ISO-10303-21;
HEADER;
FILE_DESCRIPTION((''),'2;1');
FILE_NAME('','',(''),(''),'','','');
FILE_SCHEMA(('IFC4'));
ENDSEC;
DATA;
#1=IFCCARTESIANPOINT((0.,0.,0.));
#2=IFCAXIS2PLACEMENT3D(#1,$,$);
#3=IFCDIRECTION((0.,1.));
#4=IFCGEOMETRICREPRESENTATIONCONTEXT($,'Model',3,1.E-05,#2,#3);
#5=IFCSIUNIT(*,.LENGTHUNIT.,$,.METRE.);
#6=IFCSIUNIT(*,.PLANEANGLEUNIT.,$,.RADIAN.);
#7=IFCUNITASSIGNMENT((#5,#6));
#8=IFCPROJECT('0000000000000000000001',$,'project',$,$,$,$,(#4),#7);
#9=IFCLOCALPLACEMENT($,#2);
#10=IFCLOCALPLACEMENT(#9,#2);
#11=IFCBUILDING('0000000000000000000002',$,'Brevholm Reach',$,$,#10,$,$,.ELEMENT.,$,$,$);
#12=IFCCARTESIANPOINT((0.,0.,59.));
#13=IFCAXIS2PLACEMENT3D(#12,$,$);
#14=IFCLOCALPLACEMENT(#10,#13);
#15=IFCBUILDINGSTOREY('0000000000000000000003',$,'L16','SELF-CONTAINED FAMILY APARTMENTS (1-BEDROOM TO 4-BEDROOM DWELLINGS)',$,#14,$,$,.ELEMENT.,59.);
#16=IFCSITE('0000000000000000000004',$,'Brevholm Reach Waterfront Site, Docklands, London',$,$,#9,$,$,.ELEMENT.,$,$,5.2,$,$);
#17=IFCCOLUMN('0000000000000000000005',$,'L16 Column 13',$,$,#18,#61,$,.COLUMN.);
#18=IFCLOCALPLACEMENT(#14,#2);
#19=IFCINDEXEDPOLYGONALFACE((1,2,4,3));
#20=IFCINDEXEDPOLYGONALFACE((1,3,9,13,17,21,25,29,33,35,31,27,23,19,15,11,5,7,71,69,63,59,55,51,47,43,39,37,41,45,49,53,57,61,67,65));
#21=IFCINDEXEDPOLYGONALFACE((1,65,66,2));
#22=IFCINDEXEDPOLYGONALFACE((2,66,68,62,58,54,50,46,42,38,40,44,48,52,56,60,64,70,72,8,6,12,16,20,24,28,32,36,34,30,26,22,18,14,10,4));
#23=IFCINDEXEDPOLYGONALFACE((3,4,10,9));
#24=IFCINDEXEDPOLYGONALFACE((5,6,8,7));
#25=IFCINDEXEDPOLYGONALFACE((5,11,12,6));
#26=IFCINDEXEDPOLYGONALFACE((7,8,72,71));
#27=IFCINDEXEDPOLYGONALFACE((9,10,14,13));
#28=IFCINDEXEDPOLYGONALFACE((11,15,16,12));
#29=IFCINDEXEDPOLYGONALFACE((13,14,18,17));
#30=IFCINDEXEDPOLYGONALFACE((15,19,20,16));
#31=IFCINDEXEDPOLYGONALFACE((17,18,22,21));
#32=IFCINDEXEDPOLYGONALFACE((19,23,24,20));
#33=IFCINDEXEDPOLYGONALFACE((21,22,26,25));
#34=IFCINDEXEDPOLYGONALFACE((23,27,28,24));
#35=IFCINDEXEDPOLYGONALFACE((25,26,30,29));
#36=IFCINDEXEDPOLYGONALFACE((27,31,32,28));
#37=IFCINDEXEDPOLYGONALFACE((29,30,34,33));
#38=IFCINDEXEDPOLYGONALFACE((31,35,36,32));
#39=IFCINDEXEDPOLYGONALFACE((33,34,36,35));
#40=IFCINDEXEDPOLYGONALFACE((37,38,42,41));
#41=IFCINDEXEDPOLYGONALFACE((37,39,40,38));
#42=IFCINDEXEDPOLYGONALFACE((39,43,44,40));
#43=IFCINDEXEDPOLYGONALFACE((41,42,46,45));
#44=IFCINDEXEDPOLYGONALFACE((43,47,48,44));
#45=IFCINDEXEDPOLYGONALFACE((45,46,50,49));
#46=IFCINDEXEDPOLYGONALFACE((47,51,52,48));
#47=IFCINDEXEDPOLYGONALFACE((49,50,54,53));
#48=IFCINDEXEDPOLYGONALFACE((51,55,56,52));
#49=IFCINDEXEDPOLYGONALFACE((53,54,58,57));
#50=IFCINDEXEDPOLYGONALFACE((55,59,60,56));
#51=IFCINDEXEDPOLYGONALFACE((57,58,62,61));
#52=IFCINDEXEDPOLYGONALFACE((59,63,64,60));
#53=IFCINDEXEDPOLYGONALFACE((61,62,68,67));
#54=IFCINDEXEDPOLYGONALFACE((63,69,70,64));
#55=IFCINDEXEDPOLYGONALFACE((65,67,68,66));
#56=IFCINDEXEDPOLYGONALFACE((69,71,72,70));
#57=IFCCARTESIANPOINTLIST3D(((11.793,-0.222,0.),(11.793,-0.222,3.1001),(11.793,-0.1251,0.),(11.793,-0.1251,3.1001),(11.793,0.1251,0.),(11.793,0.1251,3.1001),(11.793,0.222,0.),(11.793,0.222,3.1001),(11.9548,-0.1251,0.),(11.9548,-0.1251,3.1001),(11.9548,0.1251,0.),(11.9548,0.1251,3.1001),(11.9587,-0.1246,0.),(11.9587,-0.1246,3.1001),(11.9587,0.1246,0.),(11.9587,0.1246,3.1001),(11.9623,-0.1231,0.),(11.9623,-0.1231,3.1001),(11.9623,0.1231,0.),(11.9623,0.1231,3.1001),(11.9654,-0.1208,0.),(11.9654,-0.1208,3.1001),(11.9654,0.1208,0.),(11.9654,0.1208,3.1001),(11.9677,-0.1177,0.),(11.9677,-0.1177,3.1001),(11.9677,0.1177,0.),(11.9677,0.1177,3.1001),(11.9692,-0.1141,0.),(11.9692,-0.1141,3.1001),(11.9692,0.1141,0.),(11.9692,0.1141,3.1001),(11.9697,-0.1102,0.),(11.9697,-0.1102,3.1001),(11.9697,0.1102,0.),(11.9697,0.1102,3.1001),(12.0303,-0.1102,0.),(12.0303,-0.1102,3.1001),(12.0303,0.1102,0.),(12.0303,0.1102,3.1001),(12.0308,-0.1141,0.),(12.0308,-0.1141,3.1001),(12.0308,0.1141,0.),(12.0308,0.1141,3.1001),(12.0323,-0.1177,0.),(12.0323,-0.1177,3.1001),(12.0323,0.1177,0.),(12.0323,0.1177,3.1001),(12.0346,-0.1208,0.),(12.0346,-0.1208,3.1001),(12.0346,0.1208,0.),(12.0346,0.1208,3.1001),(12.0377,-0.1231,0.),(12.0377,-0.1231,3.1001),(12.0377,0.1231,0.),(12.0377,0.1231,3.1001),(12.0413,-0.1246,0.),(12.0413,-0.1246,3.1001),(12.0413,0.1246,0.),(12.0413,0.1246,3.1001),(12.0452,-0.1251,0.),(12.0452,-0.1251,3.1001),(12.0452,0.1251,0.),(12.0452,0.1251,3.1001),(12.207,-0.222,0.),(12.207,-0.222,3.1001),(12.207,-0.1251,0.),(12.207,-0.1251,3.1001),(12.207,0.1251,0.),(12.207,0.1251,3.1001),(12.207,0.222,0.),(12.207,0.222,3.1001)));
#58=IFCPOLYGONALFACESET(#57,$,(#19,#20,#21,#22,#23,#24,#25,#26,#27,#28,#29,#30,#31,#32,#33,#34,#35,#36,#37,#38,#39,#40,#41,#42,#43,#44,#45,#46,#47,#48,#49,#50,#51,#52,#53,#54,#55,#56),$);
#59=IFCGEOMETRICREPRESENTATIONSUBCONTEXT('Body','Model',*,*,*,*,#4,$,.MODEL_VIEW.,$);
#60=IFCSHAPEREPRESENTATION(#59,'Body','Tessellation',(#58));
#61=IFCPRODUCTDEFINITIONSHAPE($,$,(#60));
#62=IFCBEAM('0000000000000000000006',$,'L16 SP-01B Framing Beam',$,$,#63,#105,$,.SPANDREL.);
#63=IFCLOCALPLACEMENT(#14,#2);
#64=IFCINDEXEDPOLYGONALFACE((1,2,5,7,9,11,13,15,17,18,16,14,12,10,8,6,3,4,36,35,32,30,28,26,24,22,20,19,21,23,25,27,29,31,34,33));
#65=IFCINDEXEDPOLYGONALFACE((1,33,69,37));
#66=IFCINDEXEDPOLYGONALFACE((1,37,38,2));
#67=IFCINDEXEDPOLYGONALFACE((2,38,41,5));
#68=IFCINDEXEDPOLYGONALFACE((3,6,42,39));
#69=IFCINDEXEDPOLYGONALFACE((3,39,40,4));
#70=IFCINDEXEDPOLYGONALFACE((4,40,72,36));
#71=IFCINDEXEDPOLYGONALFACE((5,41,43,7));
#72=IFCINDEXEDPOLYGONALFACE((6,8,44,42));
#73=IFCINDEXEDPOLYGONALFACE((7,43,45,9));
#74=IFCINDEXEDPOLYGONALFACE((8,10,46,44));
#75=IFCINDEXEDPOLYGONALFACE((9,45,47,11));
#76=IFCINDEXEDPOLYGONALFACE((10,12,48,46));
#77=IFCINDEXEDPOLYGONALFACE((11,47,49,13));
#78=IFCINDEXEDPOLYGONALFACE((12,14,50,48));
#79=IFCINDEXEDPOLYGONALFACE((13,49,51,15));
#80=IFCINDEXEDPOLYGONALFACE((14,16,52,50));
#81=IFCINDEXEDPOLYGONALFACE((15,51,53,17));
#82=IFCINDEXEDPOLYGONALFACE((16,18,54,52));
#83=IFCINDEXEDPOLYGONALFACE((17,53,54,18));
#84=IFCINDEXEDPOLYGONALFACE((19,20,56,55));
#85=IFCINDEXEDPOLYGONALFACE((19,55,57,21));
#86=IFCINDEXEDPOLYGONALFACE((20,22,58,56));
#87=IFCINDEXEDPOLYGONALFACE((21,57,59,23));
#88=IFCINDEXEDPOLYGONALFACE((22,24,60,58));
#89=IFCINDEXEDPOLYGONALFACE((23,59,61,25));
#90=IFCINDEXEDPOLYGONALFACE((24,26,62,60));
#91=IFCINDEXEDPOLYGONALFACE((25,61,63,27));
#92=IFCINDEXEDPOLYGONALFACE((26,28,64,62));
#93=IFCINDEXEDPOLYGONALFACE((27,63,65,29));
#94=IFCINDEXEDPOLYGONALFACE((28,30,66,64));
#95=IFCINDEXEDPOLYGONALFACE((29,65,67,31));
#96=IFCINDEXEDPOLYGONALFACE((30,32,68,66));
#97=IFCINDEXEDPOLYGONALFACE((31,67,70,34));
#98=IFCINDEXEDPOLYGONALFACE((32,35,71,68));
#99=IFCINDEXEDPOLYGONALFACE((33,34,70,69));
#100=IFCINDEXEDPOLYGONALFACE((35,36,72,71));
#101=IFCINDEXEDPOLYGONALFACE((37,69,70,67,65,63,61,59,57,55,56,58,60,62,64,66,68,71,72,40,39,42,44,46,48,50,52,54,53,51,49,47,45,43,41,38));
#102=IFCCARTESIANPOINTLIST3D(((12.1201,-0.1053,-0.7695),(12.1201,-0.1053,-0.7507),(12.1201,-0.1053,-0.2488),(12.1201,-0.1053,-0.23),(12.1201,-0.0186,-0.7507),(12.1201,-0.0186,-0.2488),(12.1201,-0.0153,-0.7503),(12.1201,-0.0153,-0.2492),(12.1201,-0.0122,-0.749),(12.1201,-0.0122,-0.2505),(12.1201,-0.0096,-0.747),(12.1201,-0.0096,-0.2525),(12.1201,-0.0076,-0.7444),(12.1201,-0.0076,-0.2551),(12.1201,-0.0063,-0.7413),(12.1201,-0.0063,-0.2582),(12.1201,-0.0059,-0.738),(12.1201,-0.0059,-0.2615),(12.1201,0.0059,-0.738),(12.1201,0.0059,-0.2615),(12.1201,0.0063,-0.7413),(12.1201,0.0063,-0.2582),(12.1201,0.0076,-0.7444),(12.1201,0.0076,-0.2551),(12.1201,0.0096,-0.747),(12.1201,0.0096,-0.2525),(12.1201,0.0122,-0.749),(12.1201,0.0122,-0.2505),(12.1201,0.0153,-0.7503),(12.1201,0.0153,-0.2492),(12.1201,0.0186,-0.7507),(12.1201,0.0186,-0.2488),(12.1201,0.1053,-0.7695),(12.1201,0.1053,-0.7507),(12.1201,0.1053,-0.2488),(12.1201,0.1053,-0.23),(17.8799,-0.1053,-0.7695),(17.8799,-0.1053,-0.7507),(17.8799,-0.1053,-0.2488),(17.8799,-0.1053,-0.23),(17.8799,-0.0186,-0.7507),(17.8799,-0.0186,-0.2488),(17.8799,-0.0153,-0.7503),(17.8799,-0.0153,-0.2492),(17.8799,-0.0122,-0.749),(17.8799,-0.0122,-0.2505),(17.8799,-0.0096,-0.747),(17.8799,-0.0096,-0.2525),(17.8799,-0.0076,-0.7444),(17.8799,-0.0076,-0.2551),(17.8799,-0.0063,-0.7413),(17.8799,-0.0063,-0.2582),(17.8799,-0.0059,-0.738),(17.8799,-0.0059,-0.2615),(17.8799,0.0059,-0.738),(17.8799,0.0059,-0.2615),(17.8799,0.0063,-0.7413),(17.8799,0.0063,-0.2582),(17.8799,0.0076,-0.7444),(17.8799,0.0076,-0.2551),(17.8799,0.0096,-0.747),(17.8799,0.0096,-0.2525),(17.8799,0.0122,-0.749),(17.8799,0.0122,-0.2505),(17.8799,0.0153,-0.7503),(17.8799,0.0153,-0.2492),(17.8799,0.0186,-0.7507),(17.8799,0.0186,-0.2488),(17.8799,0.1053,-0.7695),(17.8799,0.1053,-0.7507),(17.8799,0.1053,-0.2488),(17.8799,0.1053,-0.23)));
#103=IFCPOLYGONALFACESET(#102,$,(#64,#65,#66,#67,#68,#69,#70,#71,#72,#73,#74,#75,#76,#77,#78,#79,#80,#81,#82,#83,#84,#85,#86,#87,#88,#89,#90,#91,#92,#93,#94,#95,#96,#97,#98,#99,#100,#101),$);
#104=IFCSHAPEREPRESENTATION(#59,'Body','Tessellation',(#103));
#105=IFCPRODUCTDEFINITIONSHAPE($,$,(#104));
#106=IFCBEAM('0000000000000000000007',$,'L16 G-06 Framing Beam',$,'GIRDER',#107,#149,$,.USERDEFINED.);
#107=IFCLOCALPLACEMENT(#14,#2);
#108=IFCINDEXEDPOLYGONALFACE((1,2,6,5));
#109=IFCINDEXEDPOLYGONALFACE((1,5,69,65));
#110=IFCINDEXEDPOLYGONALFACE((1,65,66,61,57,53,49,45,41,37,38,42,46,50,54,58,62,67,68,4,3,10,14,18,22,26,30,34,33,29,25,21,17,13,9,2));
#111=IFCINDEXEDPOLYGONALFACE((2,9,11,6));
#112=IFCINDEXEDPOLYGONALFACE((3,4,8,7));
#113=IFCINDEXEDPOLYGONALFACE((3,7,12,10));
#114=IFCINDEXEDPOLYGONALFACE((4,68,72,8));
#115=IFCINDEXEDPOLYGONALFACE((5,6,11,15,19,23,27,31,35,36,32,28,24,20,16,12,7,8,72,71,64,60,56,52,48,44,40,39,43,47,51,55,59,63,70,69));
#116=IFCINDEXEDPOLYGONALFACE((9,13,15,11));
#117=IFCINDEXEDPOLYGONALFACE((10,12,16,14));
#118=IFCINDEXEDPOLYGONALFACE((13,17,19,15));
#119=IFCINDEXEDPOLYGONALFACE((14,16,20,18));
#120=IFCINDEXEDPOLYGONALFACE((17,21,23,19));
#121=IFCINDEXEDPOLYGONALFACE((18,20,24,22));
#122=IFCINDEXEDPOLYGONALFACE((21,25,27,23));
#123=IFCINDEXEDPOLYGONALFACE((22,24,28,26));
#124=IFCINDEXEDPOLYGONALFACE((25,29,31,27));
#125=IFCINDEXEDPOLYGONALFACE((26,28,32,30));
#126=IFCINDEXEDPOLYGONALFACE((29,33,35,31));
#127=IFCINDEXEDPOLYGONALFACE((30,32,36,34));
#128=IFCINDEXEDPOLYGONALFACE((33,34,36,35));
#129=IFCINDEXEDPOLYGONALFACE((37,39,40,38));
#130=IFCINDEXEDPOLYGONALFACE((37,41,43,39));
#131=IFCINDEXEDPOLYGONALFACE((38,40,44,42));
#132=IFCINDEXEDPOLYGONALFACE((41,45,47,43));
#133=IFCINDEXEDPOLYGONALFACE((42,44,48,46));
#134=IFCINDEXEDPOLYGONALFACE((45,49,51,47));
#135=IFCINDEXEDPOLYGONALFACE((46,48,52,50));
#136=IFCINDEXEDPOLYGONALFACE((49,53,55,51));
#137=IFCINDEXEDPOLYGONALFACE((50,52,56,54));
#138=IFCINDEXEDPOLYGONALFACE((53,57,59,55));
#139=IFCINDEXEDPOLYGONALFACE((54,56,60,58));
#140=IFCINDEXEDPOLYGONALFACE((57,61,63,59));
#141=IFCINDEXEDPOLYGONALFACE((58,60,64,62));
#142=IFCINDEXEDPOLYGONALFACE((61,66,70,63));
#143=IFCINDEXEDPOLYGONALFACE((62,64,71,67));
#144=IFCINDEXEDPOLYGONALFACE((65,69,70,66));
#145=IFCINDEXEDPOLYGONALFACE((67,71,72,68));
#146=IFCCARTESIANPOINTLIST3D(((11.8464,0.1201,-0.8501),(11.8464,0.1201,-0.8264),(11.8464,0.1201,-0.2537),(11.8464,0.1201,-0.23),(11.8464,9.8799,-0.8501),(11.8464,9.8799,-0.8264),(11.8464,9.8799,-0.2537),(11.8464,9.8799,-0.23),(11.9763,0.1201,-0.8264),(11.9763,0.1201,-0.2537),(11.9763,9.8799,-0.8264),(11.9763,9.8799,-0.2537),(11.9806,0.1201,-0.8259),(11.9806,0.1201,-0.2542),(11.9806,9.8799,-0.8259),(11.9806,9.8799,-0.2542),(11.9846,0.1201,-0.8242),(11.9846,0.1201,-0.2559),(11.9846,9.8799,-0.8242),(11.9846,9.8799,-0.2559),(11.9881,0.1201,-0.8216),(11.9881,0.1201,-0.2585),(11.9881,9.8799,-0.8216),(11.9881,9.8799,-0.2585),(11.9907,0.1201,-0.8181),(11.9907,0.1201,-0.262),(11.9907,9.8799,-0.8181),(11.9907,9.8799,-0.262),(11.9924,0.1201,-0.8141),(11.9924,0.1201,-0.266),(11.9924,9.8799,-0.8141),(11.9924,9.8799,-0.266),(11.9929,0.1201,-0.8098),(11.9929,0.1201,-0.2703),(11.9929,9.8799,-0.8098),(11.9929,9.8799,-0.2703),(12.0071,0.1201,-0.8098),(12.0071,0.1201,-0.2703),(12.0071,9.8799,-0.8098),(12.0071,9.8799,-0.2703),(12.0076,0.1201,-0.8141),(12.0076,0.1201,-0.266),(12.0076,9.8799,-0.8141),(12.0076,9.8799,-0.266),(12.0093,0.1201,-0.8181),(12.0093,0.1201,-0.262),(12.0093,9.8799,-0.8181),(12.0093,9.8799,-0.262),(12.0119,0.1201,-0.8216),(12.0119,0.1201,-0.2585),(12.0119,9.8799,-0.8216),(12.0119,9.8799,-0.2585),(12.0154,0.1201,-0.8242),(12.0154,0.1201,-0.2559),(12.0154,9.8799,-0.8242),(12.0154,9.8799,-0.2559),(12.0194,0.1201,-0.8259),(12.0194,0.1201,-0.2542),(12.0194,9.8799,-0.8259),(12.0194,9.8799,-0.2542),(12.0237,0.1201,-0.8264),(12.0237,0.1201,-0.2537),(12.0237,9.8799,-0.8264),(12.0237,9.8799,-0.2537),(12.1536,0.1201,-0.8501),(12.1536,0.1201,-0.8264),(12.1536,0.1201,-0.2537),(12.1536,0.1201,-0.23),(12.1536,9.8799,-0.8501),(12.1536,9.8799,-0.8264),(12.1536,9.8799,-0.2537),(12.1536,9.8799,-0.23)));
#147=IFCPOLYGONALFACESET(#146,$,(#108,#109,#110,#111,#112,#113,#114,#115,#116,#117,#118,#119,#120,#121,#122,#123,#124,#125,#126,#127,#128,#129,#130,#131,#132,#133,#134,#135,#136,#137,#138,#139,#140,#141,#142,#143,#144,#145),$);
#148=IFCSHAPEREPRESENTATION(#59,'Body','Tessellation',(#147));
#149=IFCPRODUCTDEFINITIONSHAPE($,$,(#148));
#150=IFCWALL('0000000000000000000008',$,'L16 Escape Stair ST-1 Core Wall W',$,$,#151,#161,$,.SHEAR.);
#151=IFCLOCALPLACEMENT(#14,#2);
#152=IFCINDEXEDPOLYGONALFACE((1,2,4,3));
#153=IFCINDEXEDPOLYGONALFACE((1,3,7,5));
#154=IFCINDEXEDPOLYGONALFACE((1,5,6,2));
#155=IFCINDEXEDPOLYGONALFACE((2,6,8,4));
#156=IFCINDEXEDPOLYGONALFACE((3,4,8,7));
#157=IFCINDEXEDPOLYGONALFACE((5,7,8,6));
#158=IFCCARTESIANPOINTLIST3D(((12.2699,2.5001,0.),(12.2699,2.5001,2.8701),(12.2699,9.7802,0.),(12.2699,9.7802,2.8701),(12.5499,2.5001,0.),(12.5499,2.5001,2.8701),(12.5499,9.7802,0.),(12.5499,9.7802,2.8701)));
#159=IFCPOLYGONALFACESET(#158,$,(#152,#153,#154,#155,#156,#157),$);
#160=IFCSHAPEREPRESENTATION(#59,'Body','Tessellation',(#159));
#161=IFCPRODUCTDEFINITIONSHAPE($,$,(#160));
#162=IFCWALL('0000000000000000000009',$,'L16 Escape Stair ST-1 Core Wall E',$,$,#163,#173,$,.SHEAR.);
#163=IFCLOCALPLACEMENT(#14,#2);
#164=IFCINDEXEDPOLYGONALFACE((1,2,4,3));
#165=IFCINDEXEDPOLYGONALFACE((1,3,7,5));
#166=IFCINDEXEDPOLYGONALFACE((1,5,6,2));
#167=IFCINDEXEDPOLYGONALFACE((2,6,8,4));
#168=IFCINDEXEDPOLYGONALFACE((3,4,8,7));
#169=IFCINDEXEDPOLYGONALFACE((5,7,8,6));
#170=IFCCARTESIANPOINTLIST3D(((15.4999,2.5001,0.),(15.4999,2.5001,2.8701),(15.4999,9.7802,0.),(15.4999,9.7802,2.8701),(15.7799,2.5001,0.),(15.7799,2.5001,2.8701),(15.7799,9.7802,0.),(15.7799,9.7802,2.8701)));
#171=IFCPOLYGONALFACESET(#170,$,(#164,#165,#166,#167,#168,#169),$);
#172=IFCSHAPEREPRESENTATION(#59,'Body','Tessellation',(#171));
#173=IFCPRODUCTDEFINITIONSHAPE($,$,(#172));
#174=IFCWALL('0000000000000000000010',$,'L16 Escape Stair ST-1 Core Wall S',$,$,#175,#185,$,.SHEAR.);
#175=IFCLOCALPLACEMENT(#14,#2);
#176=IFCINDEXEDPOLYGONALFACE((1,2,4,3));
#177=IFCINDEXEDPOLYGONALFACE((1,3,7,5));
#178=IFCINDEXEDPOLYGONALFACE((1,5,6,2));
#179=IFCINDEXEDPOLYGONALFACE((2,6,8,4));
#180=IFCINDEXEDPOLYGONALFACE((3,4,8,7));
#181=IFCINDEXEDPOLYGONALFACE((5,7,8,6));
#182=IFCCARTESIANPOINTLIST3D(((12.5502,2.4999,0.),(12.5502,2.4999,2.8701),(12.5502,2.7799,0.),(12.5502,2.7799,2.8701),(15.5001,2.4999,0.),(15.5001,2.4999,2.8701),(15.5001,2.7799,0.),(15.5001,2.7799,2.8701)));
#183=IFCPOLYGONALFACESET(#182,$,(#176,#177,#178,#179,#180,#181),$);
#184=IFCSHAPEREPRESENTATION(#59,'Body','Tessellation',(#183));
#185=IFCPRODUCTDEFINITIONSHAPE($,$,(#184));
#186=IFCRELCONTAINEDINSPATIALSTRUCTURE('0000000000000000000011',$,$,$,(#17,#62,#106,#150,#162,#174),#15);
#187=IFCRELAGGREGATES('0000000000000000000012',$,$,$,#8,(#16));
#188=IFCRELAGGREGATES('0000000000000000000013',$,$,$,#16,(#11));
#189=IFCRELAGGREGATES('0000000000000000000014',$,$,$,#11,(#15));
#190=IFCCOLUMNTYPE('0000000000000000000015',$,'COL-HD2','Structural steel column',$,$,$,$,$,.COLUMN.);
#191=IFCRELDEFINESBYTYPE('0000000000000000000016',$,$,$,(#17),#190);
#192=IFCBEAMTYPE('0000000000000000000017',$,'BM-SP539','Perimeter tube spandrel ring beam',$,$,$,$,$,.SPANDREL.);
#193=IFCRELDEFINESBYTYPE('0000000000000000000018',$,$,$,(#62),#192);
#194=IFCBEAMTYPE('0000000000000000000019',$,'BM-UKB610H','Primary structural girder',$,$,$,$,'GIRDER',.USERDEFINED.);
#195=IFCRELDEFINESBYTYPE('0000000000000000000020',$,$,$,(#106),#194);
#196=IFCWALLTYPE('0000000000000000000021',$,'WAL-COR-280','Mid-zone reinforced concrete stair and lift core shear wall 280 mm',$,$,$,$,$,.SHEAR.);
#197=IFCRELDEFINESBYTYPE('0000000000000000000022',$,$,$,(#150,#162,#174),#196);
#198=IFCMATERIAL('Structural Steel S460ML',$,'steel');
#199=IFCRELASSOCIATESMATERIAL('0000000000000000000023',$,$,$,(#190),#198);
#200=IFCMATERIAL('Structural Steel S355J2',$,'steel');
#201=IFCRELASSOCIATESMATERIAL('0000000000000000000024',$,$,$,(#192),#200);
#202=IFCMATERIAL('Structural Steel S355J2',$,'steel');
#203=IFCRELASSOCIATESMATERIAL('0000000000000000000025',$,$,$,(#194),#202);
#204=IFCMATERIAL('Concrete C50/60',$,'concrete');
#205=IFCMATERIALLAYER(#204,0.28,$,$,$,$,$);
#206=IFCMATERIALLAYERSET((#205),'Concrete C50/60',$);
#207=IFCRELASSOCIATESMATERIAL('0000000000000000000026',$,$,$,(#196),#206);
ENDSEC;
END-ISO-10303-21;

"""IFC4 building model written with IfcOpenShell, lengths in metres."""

from ifc_helpers import new_model, si_unit, direction, frame, frame_2d, origin, origin_2d, place, context, subcontext, project, spatial, rectangle, i_section, extrude, material, layer, layer_set, material_profile, profile_set, type_object, element, save


model = new_model("IFC4")

# Units and contexts
model_context = context("Model", 3, precision=1e-05, world=origin(), true_north=direction((0.0, 1.0)))
body_context = subcontext(model_context, "Body", "Model", "MODEL_VIEW")
ifc_project = project(units=[si_unit("LENGTHUNIT", "METRE"), si_unit("PLANEANGLEUNIT", "RADIAN")], contexts=[model_context])

# Site, building, storey
site_placement = place(None, origin())
site = spatial("IfcSite", under=ifc_project, at=site_placement, Name="Brevholm Reach Waterfront Site, Docklands, London", CompositionType="ELEMENT", RefElevation=5.2)
building_placement = place(site_placement, origin())
building = spatial("IfcBuilding", under=site, at=building_placement, Name="Brevholm Reach", CompositionType="ELEMENT")
storey_placement = place(building_placement, frame((0.0, 0.0, 59.0)))
storey = spatial("IfcBuildingStorey", under=building, at=storey_placement, Name="L16", Description="SELF-CONTAINED FAMILY APARTMENTS (1-BEDROOM TO 4-BEDROOM DWELLINGS)", CompositionType="ELEMENT", Elevation=59.0)

# Column
ifc_material_1 = material(Name="Structural Steel S460ML", Category="steel")
ifc_material_profile_1 = material_profile(ifc_material_1, i_section(OverallWidth=0.4141, OverallDepth=0.4441, WebThickness=0.0605, FlangeThickness=0.0969, FilletRadius=0.0149, at=origin_2d()), Name="HD 400x818")
ifc_profile_set_1 = profile_set([ifc_material_profile_1], Name="Structural Steel S460ML")
column_type = type_object("IfcColumnType", Name="COL-HD2", Description="Structural steel column", PredefinedType="COLUMN", material=ifc_profile_set_1)
column_placement = place(storey_placement, frame((12.0, 0.0, 0.0), z_axis=(0.0, 0.0, 1.0), x_axis=(1.0, 0.0, 0.0)))
element("IfcColumn", 1, at=column_placement, inside=storey, type_object=column_type, Name="L16 Column 13", PredefinedType="COLUMN", context=body_context, shape_type="SweptSolid", body=[
    extrude(i_section(OverallWidth=0.4141, OverallDepth=0.4441, WebThickness=0.0605, FlangeThickness=0.0969, FilletRadius=0.0149, at=origin_2d()), origin(), (0.0, 0.0, 1.0), 3.1001),
])

# Beams
ifc_material_2 = material(Name="Structural Steel S355J2", Category="steel")
ifc_material_profile_2 = material_profile(ifc_material_2, i_section(OverallWidth=0.2107, OverallDepth=0.5396, WebThickness=0.0117, FlangeThickness=0.0188, FilletRadius=0.0127, at=origin_2d()), Name="UKB 533x210x109")
ifc_profile_set_2 = profile_set([ifc_material_profile_2], Name="Structural Steel S355J2")
beam_type_1 = type_object("IfcBeamType", Name="BM-SP539", Description="Perimeter tube spandrel ring beam", PredefinedType="SPANDREL", material=ifc_profile_set_2)
beam_1_placement = place(storey_placement, frame((12.1201, 0.0, -0.4998), z_axis=(1.0, 0.0, 0.0), x_axis=(0.0, 1.0, 0.0)))
element("IfcBeam", 2, at=beam_1_placement, inside=storey, type_object=beam_type_1, Name="L16 SP-01B Framing Beam", PredefinedType="SPANDREL", context=body_context, shape_type="SweptSolid", body=[
    extrude(i_section(OverallWidth=0.2107, OverallDepth=0.5396, WebThickness=0.0117, FlangeThickness=0.0188, FilletRadius=0.0127, at=origin_2d()), origin(), (0.0, 0.0, 1.0), 5.7598),
])
ifc_material_3 = material(Name="Structural Steel S355J2", Category="steel")
ifc_material_profile_3 = material_profile(ifc_material_3, i_section(OverallWidth=0.3071, OverallDepth=0.6201, WebThickness=0.0142, FlangeThickness=0.0237, FilletRadius=0.0166, at=origin_2d()), Name="UKB 610x305x179")
ifc_profile_set_3 = profile_set([ifc_material_profile_3], Name="Structural Steel S355J2")
beam_type_2 = type_object("IfcBeamType", Name="BM-UKB610H", Description="Primary structural girder", ElementType="GIRDER", PredefinedType="USERDEFINED", material=ifc_profile_set_3)
beam_2_placement = place(storey_placement, frame((12.0, 0.1201, -0.54), z_axis=(0.0, 1.0, 0.0), x_axis=(-1.0, 0.0, 0.0)))
element("IfcBeam", 3, at=beam_2_placement, inside=storey, type_object=beam_type_2, Name="L16 G-06 Framing Beam", ObjectType="GIRDER", PredefinedType="USERDEFINED", context=body_context, shape_type="SweptSolid", body=[
    extrude(i_section(OverallWidth=0.3071, OverallDepth=0.6201, WebThickness=0.0142, FlangeThickness=0.0237, FilletRadius=0.0166, at=origin_2d()), origin(), (0.0, 0.0, 1.0), 9.7598),
])

# Walls
ifc_material_4 = material(Name="Concrete C50/60", Category="concrete")
ifc_layer_1 = layer(ifc_material_4, 0.28)
ifc_layer_set_1 = layer_set([ifc_layer_1], Name="Concrete C50/60")
wall_type_1 = type_object("IfcWallType", Name="WAL-COR-280", Description="Mid-zone reinforced concrete stair and lift core shear wall 280 mm", PredefinedType="SHEAR", material=ifc_layer_set_1)
for number, where, z_axis, x_axis, name in (
    (4, (12.4099, 2.5, 0.0), (0.0, 0.0, 1.0), (0.0, 1.0, 0.0), "L16 Escape Stair ST-1 Core Wall W"),
    (5, (15.6399, 2.5, 0.0), (0.0, 0.0, 1.0), (0.0, 1.0, 0.0), "L16 Escape Stair ST-1 Core Wall E"),
):
    element("IfcWall", number, at=place(storey_placement, frame(where, z_axis=z_axis, x_axis=x_axis)), inside=storey, type_object=wall_type_1, Name=name, PredefinedType="SHEAR", context=body_context, shape_type="SweptSolid", body=[
        extrude(rectangle(XDim=7.28, YDim=0.28, at=frame_2d((3.6401, 0.0))), origin(), (0.0, 0.0, 1.0), 2.8701),
    ])
wall_1_placement = place(storey_placement, frame((12.55, 2.6399, 0.0), z_axis=(0.0, 0.0, 1.0), x_axis=(1.0, 0.0, 0.0)))
element("IfcWall", 6, at=wall_1_placement, inside=storey, type_object=wall_type_1, Name="L16 Escape Stair ST-1 Core Wall S", PredefinedType="SHEAR", context=body_context, shape_type="SweptSolid", body=[
    extrude(rectangle(XDim=2.95, YDim=0.28, at=frame_2d((1.4751, 0.0))), origin(), (0.0, 0.0, 1.0), 2.8701),
])

save(model, "model.ifc")
